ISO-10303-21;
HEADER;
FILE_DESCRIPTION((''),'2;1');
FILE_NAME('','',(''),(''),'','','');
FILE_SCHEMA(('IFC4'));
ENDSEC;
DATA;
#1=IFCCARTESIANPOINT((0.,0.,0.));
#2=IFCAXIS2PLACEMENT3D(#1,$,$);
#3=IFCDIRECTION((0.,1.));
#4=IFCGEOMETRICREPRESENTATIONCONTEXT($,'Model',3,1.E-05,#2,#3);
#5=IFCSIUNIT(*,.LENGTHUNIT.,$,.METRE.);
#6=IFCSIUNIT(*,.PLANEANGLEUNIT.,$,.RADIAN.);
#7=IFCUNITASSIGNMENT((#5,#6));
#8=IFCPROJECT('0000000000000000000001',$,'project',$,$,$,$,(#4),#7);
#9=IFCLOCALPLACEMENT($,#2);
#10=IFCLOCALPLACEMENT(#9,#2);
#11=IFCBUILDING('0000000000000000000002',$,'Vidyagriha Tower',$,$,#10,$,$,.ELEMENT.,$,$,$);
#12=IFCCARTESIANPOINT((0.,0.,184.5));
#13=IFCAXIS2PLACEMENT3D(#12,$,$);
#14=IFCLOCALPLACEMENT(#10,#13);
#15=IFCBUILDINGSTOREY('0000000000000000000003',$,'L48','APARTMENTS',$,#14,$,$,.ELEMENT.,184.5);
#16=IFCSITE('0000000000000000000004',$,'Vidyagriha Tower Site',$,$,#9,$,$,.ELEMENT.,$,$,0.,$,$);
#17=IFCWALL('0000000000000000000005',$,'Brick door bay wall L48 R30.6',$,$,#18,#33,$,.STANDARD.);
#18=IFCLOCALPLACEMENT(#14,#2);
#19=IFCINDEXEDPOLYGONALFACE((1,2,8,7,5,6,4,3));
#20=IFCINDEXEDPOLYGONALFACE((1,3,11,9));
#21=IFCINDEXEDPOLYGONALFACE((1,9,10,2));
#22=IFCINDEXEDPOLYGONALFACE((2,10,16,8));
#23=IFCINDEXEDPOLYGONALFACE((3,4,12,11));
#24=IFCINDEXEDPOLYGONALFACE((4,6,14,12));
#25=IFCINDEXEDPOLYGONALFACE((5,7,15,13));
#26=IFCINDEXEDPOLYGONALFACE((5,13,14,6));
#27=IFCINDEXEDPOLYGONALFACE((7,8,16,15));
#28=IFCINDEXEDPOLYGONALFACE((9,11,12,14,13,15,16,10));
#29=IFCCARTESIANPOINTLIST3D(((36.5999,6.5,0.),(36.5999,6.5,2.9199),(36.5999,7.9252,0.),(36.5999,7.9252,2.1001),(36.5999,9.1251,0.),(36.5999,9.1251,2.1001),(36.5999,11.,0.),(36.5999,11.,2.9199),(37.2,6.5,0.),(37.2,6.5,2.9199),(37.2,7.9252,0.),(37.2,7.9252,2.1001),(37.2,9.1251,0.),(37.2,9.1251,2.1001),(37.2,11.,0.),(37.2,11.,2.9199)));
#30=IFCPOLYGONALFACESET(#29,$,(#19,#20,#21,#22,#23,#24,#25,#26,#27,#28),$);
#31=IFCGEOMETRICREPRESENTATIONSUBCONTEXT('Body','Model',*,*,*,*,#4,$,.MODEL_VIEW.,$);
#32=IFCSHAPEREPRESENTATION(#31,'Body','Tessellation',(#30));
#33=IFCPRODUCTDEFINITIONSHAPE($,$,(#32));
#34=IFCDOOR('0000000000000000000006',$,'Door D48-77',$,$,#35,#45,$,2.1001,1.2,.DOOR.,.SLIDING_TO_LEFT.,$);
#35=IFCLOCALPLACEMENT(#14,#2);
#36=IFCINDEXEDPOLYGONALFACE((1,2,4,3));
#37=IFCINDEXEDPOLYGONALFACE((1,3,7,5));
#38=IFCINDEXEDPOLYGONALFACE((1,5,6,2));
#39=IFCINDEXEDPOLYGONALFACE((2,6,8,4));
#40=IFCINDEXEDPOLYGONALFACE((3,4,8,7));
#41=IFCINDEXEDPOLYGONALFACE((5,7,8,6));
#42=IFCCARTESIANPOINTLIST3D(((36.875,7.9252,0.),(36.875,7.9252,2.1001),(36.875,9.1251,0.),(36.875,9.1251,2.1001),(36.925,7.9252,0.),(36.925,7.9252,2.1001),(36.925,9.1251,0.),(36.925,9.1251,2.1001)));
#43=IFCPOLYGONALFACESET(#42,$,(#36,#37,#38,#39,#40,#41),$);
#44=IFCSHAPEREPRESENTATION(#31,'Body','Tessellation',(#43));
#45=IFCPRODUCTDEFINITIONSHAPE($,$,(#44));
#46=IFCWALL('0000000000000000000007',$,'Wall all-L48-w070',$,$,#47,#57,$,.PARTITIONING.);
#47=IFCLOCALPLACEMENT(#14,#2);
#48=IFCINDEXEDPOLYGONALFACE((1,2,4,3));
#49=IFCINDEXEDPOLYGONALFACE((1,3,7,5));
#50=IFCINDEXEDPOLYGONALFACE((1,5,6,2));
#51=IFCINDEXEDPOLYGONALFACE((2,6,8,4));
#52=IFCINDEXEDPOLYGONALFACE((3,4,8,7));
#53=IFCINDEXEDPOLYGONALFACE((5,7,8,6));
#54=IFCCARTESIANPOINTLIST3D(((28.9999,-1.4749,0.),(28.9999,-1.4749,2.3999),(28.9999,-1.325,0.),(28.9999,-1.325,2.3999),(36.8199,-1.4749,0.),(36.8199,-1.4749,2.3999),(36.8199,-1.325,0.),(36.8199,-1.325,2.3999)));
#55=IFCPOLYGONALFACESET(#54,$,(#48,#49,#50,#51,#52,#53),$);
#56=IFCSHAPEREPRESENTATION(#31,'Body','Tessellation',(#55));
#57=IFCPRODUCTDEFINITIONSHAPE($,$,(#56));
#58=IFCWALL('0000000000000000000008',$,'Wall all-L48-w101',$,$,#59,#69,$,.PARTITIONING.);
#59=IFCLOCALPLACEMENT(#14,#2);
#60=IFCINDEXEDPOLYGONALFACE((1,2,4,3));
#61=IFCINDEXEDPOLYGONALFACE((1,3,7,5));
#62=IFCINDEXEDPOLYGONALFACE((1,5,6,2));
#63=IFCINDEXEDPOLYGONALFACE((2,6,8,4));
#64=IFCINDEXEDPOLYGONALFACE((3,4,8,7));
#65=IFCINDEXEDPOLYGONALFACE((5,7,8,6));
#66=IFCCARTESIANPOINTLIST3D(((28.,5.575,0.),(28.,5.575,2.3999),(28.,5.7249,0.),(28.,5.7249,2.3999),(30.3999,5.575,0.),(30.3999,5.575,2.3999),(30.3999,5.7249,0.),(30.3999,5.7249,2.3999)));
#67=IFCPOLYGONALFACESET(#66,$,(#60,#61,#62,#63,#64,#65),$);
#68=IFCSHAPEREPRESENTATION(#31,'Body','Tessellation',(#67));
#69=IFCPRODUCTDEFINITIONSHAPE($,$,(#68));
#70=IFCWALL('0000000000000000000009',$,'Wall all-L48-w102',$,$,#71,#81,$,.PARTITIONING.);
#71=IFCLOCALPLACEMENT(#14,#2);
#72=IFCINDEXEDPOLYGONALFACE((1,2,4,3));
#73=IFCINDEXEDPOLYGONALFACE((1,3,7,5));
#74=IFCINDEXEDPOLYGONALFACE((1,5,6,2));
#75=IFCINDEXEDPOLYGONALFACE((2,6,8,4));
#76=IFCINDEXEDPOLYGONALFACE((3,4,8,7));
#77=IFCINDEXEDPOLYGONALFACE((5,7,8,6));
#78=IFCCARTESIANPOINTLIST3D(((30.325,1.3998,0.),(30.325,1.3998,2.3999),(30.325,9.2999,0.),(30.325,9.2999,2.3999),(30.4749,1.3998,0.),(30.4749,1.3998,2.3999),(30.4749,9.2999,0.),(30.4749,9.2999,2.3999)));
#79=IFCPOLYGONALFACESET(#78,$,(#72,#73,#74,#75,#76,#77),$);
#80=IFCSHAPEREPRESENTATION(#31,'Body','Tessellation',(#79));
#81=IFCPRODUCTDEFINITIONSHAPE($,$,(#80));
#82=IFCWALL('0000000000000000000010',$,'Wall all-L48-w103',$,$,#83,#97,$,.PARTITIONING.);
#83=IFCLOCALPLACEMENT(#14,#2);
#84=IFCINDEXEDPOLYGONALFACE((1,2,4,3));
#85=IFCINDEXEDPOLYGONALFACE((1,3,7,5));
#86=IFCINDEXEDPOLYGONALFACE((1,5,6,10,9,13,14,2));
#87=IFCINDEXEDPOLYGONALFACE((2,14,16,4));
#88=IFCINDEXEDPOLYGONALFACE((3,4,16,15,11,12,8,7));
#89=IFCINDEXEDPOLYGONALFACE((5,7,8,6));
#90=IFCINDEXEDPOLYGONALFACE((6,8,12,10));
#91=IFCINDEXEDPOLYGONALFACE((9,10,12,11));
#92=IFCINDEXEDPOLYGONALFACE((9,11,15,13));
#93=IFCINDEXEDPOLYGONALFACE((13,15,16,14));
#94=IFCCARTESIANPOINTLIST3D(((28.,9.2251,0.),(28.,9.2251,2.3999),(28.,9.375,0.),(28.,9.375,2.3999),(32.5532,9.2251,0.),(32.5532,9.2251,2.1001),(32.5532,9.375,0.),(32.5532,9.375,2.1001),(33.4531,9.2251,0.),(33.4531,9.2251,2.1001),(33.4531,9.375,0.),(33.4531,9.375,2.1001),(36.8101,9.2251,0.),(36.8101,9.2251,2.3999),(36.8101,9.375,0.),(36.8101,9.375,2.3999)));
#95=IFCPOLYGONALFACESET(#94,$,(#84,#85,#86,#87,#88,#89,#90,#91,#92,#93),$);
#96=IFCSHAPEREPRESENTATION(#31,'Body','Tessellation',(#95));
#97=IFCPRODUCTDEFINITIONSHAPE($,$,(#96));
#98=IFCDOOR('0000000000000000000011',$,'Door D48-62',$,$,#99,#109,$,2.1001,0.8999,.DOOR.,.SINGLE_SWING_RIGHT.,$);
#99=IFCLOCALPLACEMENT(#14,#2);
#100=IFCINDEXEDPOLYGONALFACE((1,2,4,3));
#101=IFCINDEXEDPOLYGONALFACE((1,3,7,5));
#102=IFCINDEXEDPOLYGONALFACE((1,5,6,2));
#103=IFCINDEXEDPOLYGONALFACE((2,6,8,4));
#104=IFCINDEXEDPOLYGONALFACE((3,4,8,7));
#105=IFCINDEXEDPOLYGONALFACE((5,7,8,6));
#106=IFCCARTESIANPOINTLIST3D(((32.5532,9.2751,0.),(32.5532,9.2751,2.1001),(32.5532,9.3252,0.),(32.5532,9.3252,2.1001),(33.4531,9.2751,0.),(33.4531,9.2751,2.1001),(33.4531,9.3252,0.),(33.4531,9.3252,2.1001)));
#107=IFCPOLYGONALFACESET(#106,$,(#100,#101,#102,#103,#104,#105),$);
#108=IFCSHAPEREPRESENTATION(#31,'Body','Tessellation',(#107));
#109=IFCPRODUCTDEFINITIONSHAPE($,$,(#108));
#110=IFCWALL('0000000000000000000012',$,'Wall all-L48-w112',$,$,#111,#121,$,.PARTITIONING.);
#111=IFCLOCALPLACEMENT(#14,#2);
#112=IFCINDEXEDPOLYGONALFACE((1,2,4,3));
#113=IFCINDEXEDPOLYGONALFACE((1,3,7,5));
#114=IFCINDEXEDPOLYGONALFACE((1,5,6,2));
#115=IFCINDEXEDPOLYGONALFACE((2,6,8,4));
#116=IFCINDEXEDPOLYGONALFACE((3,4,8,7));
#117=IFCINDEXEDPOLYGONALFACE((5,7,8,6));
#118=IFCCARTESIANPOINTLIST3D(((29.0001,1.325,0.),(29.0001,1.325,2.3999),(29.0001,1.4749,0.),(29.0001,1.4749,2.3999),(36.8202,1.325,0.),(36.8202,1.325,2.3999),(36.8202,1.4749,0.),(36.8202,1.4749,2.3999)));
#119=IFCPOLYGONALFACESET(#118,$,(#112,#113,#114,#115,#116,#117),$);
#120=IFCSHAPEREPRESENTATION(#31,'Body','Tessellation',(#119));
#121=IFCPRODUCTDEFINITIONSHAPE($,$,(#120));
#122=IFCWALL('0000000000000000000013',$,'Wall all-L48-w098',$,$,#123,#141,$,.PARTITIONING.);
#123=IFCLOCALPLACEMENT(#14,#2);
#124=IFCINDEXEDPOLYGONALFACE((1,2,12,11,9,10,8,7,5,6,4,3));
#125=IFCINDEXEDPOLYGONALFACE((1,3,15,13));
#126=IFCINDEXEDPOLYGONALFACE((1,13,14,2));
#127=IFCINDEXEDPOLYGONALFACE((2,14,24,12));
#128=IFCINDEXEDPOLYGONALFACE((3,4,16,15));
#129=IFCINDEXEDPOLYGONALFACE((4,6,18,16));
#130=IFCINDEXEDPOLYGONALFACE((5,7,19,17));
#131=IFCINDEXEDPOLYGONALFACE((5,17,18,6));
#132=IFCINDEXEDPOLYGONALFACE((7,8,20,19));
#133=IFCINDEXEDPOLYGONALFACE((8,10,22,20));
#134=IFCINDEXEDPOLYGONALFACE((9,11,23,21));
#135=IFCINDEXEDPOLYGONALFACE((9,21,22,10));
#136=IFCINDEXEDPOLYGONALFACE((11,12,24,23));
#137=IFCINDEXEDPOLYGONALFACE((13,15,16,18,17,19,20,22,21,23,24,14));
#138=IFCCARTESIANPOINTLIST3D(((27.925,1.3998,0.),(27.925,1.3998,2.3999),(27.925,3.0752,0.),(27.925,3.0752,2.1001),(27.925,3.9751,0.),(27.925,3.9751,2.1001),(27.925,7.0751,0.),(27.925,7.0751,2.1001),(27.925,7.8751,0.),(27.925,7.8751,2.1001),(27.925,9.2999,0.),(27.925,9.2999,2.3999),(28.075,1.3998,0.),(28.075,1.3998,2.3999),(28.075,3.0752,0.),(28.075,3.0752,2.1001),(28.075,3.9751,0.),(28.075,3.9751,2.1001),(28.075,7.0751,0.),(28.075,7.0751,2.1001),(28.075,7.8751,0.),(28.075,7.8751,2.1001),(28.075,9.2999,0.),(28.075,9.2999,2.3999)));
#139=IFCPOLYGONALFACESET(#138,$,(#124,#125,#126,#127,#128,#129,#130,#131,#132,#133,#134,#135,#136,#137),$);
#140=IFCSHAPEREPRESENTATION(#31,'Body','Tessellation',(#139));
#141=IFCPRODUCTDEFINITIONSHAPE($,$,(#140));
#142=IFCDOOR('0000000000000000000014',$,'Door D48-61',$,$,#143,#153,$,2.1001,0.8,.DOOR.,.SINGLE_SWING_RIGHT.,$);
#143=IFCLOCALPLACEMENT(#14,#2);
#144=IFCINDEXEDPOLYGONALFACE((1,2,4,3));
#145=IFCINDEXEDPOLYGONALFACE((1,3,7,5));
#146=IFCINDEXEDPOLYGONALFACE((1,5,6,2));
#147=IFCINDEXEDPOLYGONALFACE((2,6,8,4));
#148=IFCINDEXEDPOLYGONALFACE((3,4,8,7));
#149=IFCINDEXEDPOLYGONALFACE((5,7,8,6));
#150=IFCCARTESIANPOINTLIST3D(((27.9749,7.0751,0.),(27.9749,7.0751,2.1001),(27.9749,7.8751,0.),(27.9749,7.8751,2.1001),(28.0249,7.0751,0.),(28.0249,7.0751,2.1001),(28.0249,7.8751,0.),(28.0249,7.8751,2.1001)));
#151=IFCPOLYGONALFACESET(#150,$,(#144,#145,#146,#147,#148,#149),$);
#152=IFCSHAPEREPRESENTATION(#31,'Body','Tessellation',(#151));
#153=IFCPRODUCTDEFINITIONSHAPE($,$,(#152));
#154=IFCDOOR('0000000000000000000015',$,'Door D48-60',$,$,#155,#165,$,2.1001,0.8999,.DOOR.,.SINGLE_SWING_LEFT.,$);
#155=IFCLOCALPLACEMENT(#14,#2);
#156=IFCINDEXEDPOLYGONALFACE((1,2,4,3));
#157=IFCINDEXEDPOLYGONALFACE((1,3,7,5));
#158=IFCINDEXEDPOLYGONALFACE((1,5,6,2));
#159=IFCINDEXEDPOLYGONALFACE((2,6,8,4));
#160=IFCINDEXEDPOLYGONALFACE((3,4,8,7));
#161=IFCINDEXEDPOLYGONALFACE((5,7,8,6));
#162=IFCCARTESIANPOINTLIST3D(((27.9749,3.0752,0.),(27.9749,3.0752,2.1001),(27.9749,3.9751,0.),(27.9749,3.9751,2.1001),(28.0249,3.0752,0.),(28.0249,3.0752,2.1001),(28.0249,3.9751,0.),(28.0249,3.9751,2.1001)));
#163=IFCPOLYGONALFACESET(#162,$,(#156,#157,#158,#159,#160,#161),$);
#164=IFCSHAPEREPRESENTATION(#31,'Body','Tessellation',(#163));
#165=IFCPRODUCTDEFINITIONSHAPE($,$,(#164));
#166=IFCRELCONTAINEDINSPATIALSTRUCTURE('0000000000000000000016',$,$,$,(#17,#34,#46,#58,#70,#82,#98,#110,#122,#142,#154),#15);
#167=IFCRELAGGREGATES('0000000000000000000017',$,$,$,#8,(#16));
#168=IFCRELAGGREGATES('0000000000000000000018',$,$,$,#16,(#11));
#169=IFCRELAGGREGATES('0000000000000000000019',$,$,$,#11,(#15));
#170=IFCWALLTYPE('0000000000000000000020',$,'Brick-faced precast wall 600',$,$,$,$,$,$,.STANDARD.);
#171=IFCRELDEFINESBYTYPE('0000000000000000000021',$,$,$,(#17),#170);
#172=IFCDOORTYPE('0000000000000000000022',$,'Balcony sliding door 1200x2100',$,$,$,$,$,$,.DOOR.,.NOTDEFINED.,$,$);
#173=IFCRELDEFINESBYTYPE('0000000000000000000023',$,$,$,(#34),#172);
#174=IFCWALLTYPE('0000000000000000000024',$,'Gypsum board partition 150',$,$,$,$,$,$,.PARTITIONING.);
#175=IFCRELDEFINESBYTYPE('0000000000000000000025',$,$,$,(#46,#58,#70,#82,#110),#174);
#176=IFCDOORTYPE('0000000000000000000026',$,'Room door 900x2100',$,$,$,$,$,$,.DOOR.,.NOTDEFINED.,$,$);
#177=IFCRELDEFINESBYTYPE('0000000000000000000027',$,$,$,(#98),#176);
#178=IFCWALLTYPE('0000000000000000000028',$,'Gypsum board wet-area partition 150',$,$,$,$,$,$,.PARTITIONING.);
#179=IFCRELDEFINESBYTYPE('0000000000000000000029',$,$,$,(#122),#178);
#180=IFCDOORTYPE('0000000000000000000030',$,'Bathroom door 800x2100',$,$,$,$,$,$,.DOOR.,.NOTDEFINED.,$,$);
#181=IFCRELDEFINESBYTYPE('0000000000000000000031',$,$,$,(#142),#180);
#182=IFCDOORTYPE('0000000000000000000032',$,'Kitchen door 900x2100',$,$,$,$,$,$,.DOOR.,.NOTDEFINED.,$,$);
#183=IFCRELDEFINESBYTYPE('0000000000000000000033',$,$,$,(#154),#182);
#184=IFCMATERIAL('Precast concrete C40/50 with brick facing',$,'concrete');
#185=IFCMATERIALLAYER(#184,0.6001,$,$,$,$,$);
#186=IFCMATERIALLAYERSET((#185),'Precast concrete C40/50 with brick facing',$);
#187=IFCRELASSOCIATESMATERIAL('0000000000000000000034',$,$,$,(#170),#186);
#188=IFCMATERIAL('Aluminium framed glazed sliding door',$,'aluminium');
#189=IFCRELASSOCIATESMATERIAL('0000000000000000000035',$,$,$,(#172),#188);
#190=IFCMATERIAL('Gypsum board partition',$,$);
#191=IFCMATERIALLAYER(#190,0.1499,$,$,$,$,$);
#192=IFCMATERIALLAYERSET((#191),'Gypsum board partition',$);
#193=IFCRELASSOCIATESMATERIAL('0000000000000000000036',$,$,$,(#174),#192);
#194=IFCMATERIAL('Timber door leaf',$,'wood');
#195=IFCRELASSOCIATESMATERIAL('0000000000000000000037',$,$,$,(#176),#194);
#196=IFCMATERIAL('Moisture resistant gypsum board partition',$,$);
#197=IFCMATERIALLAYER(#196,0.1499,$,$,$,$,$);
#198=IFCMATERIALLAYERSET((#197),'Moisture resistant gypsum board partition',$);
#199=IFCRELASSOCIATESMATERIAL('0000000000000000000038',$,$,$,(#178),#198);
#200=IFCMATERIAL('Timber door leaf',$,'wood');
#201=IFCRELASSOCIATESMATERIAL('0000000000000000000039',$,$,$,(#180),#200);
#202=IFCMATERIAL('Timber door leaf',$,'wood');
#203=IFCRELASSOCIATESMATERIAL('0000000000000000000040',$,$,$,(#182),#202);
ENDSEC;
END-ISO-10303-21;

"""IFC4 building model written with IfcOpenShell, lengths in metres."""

from ifc_helpers import new_model, si_unit, direction, frame, frame_2d, origin, place, context, subcontext, project, spatial, rectangle, extrude, material, layer, layer_set, type_object, element, fill, save


model = new_model("IFC4")

# Units and contexts
model_context = context("Model", 3, precision=1e-05, world=origin(), true_north=direction((0.0, 1.0)))
body_context = subcontext(model_context, "Body", "Model", "MODEL_VIEW")
ifc_project = project(units=[si_unit("LENGTHUNIT", "METRE"), si_unit("PLANEANGLEUNIT", "RADIAN")], contexts=[model_context])

# Site, building, storey
site_placement = place(None, origin())
site = spatial("IfcSite", under=ifc_project, at=site_placement, Name="Vidyagriha Tower Site", CompositionType="ELEMENT", RefElevation=0.0)
building_placement = place(site_placement, origin())
building = spatial("IfcBuilding", under=site, at=building_placement, Name="Vidyagriha Tower", CompositionType="ELEMENT")
storey_placement = place(building_placement, frame((0.0, 0.0, 184.5)))
storey = spatial("IfcBuildingStorey", under=building, at=storey_placement, Name="L48", Description="APARTMENTS", CompositionType="ELEMENT", Elevation=184.5)

# Wall, opening, door
ifc_material_1 = material(Name="Precast concrete C40/50 with brick facing", Category="concrete")
ifc_layer_1 = layer(ifc_material_1, 0.6001)
ifc_layer_set_1 = layer_set([ifc_layer_1], Name="Precast concrete C40/50 with brick facing")
wall_type_1 = type_object("IfcWallType", Name="Brick-faced precast wall 600", PredefinedType="STANDARD", material=ifc_layer_set_1)
wall_1_placement = place(storey_placement, frame((36.8999, 6.5, 0.0), z_axis=(0.0, 0.0, 1.0), x_axis=(0.0, 1.0, 0.0)))
wall_1 = element("IfcWall", 1, at=wall_1_placement, inside=storey, type_object=wall_type_1, Name="Brick door bay wall L48 R30.6", PredefinedType="STANDARD", context=body_context, shape_type="SweptSolid", body=[
    extrude(rectangle(XDim=4.5, YDim=0.6001, at=frame_2d((2.25, 0.0))), origin(), (0.0, 0.0, 1.0), 2.9199),
])
opening_1_placement = place(wall_1_placement, frame((1.425, 0.0, 0.0)))
opening_1 = element("IfcOpeningElement", 2, at=opening_1_placement, cuts=wall_1, PredefinedType="OPENING", context=body_context, shape_type="SweptSolid", body=[
    extrude(rectangle(XDim=1.2, YDim=2.1001, at=frame_2d((0.6001, 1.05))), frame((0.0, 0.3101, 0.0), z_axis=(0.0, -1.0, 0.0), x_axis=(1.0, 0.0, 0.0)), (0.0, 0.0, 1.0), 0.6201),
])
ifc_material_2 = material(Name="Aluminium framed glazed sliding door", Category="aluminium")
door_type_1 = type_object("IfcDoorType", Name="Balcony sliding door 1200x2100", OperationType="NOTDEFINED", PredefinedType="DOOR", material=ifc_material_2)
door_1_placement = place(opening_1_placement, origin())
door_1 = element("IfcDoor", 3, at=door_1_placement, inside=storey, type_object=door_type_1, Name="Door D48-77", OperationType="SLIDING_TO_LEFT", OverallHeight=2.1001, OverallWidth=1.2, PredefinedType="DOOR", context=body_context, shape_type="SweptSolid", body=[
    extrude(rectangle(XDim=1.2, YDim=2.1001, at=frame_2d((0.6001, 1.05))), frame((0.0, 0.0249, 0.0), z_axis=(0.0, -1.0, 0.0), x_axis=(1.0, 0.0, 0.0)), (0.0, 0.0, 1.0), 0.05),
])
fill(opening_1, door_1)

# Walls
ifc_material_3 = material(Name="Gypsum board partition")
ifc_layer_2 = layer(ifc_material_3, 0.1499)
ifc_layer_set_2 = layer_set([ifc_layer_2], Name="Gypsum board partition")
wall_type_2 = type_object("IfcWallType", Name="Gypsum board partition 150", PredefinedType="PARTITIONING", material=ifc_layer_set_2)
wall_2_placement = place(storey_placement, frame((36.8201, -1.3999, 0.0), z_axis=(0.0, 0.0, 1.0), x_axis=(-1.0, 0.0, 0.0)))
element("IfcWall", 4, at=wall_2_placement, inside=storey, type_object=wall_type_2, Name="Wall all-L48-w070", PredefinedType="PARTITIONING", context=body_context, shape_type="SweptSolid", body=[
    extrude(rectangle(XDim=7.8201, YDim=0.1499, at=frame_2d((3.9102, 0.0))), origin(), (0.0, 0.0, 1.0), 2.3999),
])
wall_3_placement = place(storey_placement, frame((28.0, 5.6499, 0.0)))
element("IfcWall", 5, at=wall_3_placement, inside=storey, type_object=wall_type_2, Name="Wall all-L48-w101", PredefinedType="PARTITIONING", context=body_context, shape_type="SweptSolid", body=[
    extrude(rectangle(XDim=2.3999, YDim=0.1499, at=frame_2d((1.2, 0.0))), origin(), (0.0, 0.0, 1.0), 2.3999),
])
wall_4_placement = place(storey_placement, frame((30.3999, 9.3, 0.0), z_axis=(0.0, 0.0, 1.0), x_axis=(0.0, -1.0, 0.0)))
element("IfcWall", 6, at=wall_4_placement, inside=storey, type_object=wall_type_2, Name="Wall all-L48-w102", PredefinedType="PARTITIONING", context=body_context, shape_type="SweptSolid", body=[
    extrude(rectangle(XDim=7.9001, YDim=0.1499, at=frame_2d((3.9502, 0.0))), origin(), (0.0, 0.0, 1.0), 2.3999),
])

# Wall, opening, door
wall_5_placement = place(storey_placement, frame((36.8101, 9.3, 0.0), z_axis=(0.0, 0.0, 1.0), x_axis=(-1.0, 0.0, 0.0)))
wall_5 = element("IfcWall", 7, at=wall_5_placement, inside=storey, type_object=wall_type_2, Name="Wall all-L48-w103", PredefinedType="PARTITIONING", context=body_context, shape_type="SweptSolid", body=[
    extrude(rectangle(XDim=8.8101, YDim=0.1499, at=frame_2d((4.405, 0.0))), origin(), (0.0, 0.0, 1.0), 2.3999),
])
opening_2_placement = place(wall_5_placement, frame((3.3569, 0.0, 0.0)))
opening_2 = element("IfcOpeningElement", 8, at=opening_2_placement, cuts=wall_5, PredefinedType="OPENING", context=body_context, shape_type="SweptSolid", body=[
    extrude(rectangle(XDim=0.8999, YDim=2.1001, at=frame_2d((0.45, 1.05))), frame((0.0, 0.085, 0.0), z_axis=(0.0, -1.0, 0.0), x_axis=(1.0, 0.0, 0.0)), (0.0, 0.0, 1.0), 0.1699),
])
ifc_material_4 = material(Name="Timber door leaf", Category="wood")
door_type_2 = type_object("IfcDoorType", Name="Room door 900x2100", OperationType="NOTDEFINED", PredefinedType="DOOR", material=ifc_material_4)
door_2_placement = place(opening_2_placement, origin())
door_2 = element("IfcDoor", 9, at=door_2_placement, inside=storey, type_object=door_type_2, Name="Door D48-62", OperationType="SINGLE_SWING_RIGHT", OverallHeight=2.1001, OverallWidth=0.8999, PredefinedType="DOOR", context=body_context, shape_type="SweptSolid", body=[
    extrude(rectangle(XDim=0.8999, YDim=2.1001, at=frame_2d((0.45, 1.05))), frame((0.0, 0.0249, 0.0), z_axis=(0.0, -1.0, 0.0), x_axis=(1.0, 0.0, 0.0)), (0.0, 0.0, 1.0), 0.05),
])
fill(opening_2, door_2)

# Wall
wall_6_placement = place(storey_placement, frame((29.0, 1.3999, 0.0)))
element("IfcWall", 10, at=wall_6_placement, inside=storey, type_object=wall_type_2, Name="Wall all-L48-w112", PredefinedType="PARTITIONING", context=body_context, shape_type="SweptSolid", body=[
    extrude(rectangle(XDim=7.8201, YDim=0.1499, at=frame_2d((3.9102, 0.0))), origin(), (0.0, 0.0, 1.0), 2.3999),
])

# Wall, openings, doors
ifc_material_5 = material(Name="Moisture resistant gypsum board partition")
ifc_layer_3 = layer(ifc_material_5, 0.1499)
ifc_layer_set_3 = layer_set([ifc_layer_3], Name="Moisture resistant gypsum board partition")
wall_type_3 = type_object("IfcWallType", Name="Gypsum board wet-area partition 150", PredefinedType="PARTITIONING", material=ifc_layer_set_3)
wall_7_placement = place(storey_placement, frame((28.0, 9.3, 0.0), z_axis=(0.0, 0.0, 1.0), x_axis=(0.0, -1.0, 0.0)))
wall_7 = element("IfcWall", 11, at=wall_7_placement, inside=storey, type_object=wall_type_3, Name="Wall all-L48-w098", PredefinedType="PARTITIONING", context=body_context, shape_type="SweptSolid", body=[
    extrude(rectangle(XDim=7.9001, YDim=0.1499, at=frame_2d((3.9502, 0.0))), origin(), (0.0, 0.0, 1.0), 2.3999),
])
opening_3_placement = place(wall_7_placement, frame((5.325, 0.0, 0.0)))
opening_3 = element("IfcOpeningElement", 12, at=opening_3_placement, cuts=wall_7, PredefinedType="OPENING", context=body_context, shape_type="SweptSolid", body=[
    extrude(rectangle(XDim=0.8999, YDim=2.1001, at=frame_2d((0.45, 1.05))), frame((0.0, 0.085, 0.0), z_axis=(0.0, -1.0, 0.0), x_axis=(1.0, 0.0, 0.0)), (0.0, 0.0, 1.0), 0.1699),
])
opening_4_placement = place(wall_7_placement, frame((1.425, 0.0, 0.0)))
opening_4 = element("IfcOpeningElement", 13, at=opening_4_placement, cuts=wall_7, PredefinedType="OPENING", context=body_context, shape_type="SweptSolid", body=[
    extrude(rectangle(XDim=0.8, YDim=2.1001, at=frame_2d((0.3999, 1.05))), frame((0.0, 0.085, 0.0), z_axis=(0.0, -1.0, 0.0), x_axis=(1.0, 0.0, 0.0)), (0.0, 0.0, 1.0), 0.1699),
])
ifc_material_6 = material(Name="Timber door leaf", Category="wood")
door_type_3 = type_object("IfcDoorType", Name="Bathroom door 800x2100", OperationType="NOTDEFINED", PredefinedType="DOOR", material=ifc_material_6)
door_3_placement = place(opening_4_placement, origin())
door_3 = element("IfcDoor", 14, at=door_3_placement, inside=storey, type_object=door_type_3, Name="Door D48-61", OperationType="SINGLE_SWING_RIGHT", OverallHeight=2.1001, OverallWidth=0.8, PredefinedType="DOOR", context=body_context, shape_type="SweptSolid", body=[
    extrude(rectangle(XDim=0.8, YDim=2.1001, at=frame_2d((0.3999, 1.05))), frame((0.0, 0.0249, 0.0), z_axis=(0.0, -1.0, 0.0), x_axis=(1.0, 0.0, 0.0)), (0.0, 0.0, 1.0), 0.05),
])
fill(opening_4, door_3)
ifc_material_7 = material(Name="Timber door leaf", Category="wood")
door_type_4 = type_object("IfcDoorType", Name="Kitchen door 900x2100", OperationType="NOTDEFINED", PredefinedType="DOOR", material=ifc_material_7)
door_4_placement = place(opening_3_placement, origin())
door_4 = element("IfcDoor", 15, at=door_4_placement, inside=storey, type_object=door_type_4, Name="Door D48-60", OperationType="SINGLE_SWING_LEFT", OverallHeight=2.1001, OverallWidth=0.8999, PredefinedType="DOOR", context=body_context, shape_type="SweptSolid", body=[
    extrude(rectangle(XDim=0.8999, YDim=2.1001, at=frame_2d((0.45, 1.05))), frame((0.0, 0.0249, 0.0), z_axis=(0.0, -1.0, 0.0), x_axis=(1.0, 0.0, 0.0)), (0.0, 0.0, 1.0), 0.05),
])
fill(opening_3, door_4)

save(model, "model.ifc")
